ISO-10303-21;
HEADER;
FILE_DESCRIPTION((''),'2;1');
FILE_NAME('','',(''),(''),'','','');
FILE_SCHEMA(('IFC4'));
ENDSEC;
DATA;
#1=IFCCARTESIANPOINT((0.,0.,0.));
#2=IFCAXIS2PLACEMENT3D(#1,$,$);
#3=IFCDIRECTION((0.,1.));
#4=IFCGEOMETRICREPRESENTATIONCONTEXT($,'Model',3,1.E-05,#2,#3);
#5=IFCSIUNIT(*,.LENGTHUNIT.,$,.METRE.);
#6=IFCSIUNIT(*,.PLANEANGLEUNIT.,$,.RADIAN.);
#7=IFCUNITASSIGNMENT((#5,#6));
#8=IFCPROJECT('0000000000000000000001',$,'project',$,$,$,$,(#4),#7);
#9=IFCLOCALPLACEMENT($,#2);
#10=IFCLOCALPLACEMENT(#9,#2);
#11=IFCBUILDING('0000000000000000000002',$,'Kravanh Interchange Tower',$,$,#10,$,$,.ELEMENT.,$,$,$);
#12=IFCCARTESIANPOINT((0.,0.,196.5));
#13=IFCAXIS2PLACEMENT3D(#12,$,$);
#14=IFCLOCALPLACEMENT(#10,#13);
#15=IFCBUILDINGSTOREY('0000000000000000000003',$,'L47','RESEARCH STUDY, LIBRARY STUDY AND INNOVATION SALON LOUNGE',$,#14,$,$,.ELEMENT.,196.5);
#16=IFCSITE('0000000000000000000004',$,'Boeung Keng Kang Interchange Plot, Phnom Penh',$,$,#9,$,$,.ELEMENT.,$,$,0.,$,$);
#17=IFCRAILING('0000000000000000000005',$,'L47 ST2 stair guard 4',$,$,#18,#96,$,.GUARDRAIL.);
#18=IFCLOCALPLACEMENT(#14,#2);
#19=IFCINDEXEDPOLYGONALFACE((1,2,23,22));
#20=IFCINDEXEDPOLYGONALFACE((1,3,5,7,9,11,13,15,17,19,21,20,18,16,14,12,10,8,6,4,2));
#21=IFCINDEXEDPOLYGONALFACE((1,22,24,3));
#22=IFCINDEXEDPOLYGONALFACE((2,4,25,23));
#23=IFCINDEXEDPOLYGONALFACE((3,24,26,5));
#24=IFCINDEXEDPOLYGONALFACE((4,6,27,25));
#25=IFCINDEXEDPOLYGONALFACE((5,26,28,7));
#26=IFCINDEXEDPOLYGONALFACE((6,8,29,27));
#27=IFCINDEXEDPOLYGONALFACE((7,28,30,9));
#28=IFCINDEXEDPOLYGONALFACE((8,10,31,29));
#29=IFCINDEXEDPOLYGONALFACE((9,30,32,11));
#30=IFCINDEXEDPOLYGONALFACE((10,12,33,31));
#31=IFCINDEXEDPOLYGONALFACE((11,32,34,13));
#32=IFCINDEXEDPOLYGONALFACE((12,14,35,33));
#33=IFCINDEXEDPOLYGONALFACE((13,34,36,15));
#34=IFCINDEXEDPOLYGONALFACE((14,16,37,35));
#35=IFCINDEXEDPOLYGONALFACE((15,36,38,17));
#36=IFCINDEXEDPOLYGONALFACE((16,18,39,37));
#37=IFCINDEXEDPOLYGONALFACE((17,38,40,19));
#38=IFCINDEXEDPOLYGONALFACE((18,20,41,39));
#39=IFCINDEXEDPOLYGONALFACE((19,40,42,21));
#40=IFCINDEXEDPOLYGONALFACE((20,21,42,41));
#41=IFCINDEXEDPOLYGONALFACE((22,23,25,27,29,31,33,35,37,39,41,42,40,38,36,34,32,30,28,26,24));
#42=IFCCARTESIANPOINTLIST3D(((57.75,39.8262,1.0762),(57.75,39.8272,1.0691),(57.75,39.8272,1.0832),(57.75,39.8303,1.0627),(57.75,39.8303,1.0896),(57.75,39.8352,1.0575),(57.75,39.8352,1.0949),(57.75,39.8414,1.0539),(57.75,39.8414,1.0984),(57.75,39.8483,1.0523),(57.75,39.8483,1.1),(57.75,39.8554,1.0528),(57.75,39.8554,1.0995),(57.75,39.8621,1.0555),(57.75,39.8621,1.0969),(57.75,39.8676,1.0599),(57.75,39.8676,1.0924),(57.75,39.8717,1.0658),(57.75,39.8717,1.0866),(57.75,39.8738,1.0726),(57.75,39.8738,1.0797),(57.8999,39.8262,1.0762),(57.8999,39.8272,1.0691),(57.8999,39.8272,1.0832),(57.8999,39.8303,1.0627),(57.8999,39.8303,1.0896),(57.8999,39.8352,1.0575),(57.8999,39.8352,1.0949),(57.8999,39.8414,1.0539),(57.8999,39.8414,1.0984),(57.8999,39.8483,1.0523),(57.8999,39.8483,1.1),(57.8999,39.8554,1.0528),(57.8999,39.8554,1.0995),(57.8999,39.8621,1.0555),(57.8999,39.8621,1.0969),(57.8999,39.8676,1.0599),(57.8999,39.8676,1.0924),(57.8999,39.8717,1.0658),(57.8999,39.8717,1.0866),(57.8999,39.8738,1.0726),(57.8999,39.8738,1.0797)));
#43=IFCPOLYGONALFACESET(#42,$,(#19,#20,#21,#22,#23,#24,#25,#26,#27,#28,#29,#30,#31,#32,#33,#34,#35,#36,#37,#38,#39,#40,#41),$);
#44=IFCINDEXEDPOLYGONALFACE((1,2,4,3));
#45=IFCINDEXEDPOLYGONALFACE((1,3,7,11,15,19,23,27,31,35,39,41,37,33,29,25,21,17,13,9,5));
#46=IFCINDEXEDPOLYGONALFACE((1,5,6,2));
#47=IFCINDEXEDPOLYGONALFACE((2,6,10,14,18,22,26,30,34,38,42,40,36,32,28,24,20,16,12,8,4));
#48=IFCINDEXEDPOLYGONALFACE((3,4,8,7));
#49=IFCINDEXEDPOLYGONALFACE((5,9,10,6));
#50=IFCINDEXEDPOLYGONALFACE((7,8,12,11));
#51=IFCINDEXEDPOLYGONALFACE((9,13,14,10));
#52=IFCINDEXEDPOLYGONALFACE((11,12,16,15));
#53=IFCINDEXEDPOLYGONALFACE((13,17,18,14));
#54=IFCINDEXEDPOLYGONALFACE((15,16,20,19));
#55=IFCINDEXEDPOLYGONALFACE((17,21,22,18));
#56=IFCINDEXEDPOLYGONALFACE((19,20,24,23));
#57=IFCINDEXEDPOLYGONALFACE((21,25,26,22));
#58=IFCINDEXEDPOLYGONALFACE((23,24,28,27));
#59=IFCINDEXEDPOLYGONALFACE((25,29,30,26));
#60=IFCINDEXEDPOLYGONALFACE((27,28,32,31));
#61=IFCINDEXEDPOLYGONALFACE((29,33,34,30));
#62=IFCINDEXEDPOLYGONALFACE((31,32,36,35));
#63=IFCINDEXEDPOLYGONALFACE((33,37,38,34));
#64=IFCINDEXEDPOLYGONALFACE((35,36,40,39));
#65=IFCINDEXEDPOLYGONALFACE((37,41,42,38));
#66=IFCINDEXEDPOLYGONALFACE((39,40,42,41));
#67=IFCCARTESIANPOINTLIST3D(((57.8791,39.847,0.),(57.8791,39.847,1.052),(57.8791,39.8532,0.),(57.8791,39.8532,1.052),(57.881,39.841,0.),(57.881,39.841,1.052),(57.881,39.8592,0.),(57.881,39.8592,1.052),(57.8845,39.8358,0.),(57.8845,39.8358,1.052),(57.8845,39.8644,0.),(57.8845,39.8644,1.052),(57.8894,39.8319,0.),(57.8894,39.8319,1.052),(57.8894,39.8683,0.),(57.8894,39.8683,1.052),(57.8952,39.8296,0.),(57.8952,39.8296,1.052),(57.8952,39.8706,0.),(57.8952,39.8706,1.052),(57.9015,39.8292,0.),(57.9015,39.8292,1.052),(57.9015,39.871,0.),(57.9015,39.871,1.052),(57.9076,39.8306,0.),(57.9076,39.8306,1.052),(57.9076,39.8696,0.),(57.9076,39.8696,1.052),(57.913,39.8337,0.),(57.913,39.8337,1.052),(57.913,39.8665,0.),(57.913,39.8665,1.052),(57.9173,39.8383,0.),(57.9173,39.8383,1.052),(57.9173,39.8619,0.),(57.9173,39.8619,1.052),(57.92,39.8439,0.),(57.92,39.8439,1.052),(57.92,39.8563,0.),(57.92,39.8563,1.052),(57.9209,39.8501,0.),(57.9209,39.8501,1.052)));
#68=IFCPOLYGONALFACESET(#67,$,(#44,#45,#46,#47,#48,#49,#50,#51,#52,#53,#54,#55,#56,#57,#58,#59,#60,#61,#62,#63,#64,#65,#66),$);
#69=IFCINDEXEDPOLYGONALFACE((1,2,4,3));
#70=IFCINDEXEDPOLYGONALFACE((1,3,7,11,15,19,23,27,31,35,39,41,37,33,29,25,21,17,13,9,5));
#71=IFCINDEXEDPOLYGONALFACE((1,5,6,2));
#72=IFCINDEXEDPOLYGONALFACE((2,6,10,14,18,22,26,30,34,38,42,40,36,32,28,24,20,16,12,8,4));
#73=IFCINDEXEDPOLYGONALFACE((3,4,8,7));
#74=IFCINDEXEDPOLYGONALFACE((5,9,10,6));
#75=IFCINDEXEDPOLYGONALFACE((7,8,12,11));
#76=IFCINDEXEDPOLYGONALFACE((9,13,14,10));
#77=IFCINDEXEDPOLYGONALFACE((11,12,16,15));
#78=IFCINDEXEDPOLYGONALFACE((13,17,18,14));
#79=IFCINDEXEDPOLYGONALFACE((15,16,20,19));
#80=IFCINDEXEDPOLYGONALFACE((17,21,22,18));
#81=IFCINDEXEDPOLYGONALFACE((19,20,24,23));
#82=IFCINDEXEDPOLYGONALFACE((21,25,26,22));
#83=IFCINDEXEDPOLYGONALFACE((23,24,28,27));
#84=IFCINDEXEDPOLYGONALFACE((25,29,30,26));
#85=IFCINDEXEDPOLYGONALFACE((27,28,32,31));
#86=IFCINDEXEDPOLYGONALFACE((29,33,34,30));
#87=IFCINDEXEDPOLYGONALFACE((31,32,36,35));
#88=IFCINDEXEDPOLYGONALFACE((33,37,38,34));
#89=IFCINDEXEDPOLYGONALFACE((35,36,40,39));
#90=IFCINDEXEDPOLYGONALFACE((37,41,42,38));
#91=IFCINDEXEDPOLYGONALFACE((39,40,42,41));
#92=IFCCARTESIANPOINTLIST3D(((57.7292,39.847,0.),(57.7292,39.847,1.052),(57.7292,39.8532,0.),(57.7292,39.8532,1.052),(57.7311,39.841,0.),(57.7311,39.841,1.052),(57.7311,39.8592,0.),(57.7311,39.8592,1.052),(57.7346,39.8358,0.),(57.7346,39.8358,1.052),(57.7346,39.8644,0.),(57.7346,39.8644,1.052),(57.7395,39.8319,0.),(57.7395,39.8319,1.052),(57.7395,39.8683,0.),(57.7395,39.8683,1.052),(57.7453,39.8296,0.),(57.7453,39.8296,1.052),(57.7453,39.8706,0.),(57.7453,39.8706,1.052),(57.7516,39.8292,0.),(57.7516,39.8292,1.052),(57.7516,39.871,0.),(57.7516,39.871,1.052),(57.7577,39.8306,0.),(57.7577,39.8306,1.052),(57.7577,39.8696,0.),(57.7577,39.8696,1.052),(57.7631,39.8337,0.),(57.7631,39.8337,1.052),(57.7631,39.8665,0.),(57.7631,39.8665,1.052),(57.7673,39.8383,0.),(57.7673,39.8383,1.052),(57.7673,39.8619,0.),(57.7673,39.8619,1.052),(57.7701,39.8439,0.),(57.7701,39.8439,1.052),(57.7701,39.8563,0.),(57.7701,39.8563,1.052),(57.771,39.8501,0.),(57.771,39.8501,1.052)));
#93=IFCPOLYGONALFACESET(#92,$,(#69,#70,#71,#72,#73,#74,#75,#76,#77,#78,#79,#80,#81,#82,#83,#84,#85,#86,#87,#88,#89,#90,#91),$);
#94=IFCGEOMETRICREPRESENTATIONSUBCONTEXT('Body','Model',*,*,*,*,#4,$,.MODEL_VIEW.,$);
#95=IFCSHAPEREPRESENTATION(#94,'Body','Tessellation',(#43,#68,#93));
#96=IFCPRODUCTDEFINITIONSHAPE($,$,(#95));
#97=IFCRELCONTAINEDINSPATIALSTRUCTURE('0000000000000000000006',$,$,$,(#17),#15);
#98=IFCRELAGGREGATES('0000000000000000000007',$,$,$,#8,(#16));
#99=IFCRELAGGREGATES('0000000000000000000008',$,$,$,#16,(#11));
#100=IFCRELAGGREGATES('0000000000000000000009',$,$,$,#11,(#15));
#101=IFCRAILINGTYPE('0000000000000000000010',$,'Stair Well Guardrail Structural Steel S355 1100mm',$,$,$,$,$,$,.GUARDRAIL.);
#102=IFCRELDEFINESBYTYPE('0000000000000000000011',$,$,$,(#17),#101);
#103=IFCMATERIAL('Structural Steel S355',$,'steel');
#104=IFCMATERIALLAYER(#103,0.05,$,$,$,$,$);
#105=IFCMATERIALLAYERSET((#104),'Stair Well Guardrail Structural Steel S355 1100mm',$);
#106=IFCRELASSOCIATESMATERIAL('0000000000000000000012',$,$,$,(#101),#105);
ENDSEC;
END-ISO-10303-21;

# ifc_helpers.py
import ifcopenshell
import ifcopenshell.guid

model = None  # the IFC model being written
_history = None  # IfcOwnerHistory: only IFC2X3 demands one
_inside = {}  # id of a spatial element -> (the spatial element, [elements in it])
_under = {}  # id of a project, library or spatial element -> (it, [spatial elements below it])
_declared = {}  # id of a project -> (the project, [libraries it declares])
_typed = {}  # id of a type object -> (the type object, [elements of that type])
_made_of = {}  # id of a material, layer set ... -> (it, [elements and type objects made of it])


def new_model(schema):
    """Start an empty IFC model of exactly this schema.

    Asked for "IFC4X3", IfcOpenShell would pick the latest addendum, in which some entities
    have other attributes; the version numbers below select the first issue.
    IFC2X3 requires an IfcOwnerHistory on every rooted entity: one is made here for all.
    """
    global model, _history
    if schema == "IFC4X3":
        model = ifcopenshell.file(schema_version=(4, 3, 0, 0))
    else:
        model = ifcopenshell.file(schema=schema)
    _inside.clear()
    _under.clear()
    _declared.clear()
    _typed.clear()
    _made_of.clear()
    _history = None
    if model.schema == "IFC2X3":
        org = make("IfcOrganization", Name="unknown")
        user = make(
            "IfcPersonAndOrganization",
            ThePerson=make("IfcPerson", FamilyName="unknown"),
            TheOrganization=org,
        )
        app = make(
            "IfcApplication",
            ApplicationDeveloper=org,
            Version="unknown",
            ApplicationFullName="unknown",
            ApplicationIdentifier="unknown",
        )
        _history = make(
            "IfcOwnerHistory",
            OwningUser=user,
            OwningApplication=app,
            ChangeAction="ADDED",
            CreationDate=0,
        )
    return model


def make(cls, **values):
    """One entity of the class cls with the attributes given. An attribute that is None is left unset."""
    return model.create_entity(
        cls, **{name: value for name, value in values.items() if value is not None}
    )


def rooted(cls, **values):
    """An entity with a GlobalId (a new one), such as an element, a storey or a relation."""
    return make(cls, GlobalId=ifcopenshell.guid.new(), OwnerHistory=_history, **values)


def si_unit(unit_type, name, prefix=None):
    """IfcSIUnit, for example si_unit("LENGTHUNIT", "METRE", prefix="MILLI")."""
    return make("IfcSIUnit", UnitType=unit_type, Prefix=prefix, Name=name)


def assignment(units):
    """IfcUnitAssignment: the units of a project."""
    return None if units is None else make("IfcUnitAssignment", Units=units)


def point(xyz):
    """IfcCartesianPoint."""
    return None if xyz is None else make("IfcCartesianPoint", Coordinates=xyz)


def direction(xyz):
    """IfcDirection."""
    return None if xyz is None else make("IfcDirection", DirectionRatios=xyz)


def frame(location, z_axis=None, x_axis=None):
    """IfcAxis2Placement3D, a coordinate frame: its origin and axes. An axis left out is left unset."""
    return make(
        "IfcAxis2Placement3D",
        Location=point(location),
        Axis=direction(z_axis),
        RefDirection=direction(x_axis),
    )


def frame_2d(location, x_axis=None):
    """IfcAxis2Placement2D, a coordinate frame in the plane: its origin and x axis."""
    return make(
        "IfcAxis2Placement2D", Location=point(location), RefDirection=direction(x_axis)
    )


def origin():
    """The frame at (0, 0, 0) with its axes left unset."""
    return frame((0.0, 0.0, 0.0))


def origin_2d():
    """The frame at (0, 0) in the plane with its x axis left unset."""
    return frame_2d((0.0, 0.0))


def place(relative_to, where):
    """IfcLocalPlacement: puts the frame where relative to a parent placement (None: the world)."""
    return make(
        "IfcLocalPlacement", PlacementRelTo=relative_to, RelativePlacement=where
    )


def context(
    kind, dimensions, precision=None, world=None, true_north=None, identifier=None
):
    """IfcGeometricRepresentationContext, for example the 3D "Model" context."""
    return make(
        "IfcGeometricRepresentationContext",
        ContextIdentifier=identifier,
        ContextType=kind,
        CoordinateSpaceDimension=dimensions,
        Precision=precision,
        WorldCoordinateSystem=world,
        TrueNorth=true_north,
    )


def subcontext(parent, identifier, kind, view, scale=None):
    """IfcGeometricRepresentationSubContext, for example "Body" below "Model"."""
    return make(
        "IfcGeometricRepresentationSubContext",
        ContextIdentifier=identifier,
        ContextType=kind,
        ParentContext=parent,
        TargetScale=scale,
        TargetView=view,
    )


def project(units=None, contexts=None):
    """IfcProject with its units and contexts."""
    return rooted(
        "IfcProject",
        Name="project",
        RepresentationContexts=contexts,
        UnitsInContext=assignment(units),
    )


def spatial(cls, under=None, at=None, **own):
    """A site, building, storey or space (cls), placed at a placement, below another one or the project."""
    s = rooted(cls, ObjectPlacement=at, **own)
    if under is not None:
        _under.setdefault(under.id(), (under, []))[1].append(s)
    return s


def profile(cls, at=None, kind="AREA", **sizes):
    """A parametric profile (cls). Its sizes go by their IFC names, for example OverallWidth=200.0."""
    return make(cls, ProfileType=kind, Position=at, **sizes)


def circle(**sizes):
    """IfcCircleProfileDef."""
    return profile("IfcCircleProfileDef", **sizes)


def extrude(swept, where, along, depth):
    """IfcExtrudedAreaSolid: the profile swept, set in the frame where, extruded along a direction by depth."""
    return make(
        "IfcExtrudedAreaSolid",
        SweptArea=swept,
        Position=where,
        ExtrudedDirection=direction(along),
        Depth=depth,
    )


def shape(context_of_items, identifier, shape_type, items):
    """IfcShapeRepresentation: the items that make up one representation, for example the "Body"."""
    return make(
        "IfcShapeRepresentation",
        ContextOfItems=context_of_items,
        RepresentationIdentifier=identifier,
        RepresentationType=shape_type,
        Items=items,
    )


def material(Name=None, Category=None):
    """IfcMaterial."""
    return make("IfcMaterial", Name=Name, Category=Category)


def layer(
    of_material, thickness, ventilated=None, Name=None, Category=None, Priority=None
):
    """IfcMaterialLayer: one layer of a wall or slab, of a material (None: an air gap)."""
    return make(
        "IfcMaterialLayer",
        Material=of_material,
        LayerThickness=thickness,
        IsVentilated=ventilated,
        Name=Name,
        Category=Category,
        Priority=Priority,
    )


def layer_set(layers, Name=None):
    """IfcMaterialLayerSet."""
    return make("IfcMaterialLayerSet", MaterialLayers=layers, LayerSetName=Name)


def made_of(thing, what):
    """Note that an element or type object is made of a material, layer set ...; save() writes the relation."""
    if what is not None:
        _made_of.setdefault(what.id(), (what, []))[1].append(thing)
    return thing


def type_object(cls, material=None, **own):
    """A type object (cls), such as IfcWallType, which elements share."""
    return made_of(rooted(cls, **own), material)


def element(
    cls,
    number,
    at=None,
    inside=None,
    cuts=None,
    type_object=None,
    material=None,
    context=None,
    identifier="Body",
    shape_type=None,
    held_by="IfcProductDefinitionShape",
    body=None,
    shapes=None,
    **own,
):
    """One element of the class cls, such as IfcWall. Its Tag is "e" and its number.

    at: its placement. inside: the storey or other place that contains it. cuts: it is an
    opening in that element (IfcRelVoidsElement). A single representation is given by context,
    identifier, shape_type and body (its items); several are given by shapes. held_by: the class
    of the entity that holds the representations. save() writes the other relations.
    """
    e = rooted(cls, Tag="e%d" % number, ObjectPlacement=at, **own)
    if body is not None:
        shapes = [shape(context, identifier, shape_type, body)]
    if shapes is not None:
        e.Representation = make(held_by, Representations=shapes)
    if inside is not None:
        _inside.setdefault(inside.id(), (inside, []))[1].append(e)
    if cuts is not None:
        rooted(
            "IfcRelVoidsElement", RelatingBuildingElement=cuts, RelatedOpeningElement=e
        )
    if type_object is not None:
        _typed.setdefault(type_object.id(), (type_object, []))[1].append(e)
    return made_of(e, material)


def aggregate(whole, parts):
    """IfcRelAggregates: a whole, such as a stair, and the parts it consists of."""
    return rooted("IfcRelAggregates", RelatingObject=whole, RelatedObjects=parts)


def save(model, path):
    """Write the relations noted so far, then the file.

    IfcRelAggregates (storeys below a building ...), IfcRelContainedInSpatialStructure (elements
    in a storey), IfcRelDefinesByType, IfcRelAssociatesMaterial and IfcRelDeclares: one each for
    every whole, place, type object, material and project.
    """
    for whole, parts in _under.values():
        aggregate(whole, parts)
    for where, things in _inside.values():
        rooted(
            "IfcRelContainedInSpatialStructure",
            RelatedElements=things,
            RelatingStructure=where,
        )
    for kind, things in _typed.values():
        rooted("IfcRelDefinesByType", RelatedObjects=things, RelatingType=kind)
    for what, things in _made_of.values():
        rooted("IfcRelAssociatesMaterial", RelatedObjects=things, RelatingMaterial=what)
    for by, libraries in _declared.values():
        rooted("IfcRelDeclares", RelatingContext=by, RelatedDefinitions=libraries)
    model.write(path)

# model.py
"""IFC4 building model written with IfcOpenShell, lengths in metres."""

from ifc_helpers import new_model, si_unit, direction, frame, origin, origin_2d, place, context, subcontext, project, spatial, circle, extrude, material, layer, layer_set, type_object, element, save


model = new_model("IFC4")

# Units and contexts
model_context = context("Model", 3, precision=1e-05, world=origin(), true_north=direction((0.0, 1.0)))
body_context = subcontext(model_context, "Body", "Model", "MODEL_VIEW")
ifc_project = project(units=[si_unit("LENGTHUNIT", "METRE"), si_unit("PLANEANGLEUNIT", "RADIAN")], contexts=[model_context])

# Site, building, storey
site_placement = place(None, origin())
site = spatial("IfcSite", under=ifc_project, at=site_placement, Name="Boeung Keng Kang Interchange Plot, Phnom Penh", CompositionType="ELEMENT", RefElevation=0.0)
building_placement = place(site_placement, origin())
building = spatial("IfcBuilding", under=site, at=building_placement, Name="Kravanh Interchange Tower", CompositionType="ELEMENT")
storey_placement = place(building_placement, frame((0.0, 0.0, 196.5)))
storey = spatial("IfcBuildingStorey", under=building, at=storey_placement, Name="L47", Description="RESEARCH STUDY, LIBRARY STUDY AND INNOVATION SALON LOUNGE", CompositionType="ELEMENT", Elevation=196.5)

# Railing
ifc_material_1 = material(Name="Structural Steel S355", Category="steel")
ifc_layer_1 = layer(ifc_material_1, 0.05)
ifc_layer_set_1 = layer_set([ifc_layer_1], Name="Stair Well Guardrail Structural Steel S355 1100mm")
railing_type_1 = type_object("IfcRailingType", Name="Stair Well Guardrail Structural Steel S355 1100mm", PredefinedType="GUARDRAIL", material=ifc_layer_set_1)
for number, where, name in (
    (1, (57.8999, 39.8501, 0.0), "L47 ST2 stair guard 4"),
):
    element("IfcRailing", number, at=place(storey_placement, frame(where)), inside=storey, type_object=railing_type_1, Name=name, PredefinedType="GUARDRAIL", context=body_context, shape_type="SweptSolid", body=[
        extrude(circle(Radius=0.0239, at=origin_2d()), frame((0.0, 0.0, 1.0762), z_axis=(-1.0, 0.0, 0.0), x_axis=(0.0, -1.0, 0.0)), (0.0, 0.0, 1.0), 0.1499),
        extrude(circle(Radius=0.021, at=origin_2d()), origin(), (0.0, 0.0, 1.0), 1.052),
        extrude(circle(Radius=0.021, at=origin_2d()), frame((-0.1499, 0.0, 0.0)), (0.0, 0.0, 1.0), 1.052),
    ])

save(model, "model.ifc")
